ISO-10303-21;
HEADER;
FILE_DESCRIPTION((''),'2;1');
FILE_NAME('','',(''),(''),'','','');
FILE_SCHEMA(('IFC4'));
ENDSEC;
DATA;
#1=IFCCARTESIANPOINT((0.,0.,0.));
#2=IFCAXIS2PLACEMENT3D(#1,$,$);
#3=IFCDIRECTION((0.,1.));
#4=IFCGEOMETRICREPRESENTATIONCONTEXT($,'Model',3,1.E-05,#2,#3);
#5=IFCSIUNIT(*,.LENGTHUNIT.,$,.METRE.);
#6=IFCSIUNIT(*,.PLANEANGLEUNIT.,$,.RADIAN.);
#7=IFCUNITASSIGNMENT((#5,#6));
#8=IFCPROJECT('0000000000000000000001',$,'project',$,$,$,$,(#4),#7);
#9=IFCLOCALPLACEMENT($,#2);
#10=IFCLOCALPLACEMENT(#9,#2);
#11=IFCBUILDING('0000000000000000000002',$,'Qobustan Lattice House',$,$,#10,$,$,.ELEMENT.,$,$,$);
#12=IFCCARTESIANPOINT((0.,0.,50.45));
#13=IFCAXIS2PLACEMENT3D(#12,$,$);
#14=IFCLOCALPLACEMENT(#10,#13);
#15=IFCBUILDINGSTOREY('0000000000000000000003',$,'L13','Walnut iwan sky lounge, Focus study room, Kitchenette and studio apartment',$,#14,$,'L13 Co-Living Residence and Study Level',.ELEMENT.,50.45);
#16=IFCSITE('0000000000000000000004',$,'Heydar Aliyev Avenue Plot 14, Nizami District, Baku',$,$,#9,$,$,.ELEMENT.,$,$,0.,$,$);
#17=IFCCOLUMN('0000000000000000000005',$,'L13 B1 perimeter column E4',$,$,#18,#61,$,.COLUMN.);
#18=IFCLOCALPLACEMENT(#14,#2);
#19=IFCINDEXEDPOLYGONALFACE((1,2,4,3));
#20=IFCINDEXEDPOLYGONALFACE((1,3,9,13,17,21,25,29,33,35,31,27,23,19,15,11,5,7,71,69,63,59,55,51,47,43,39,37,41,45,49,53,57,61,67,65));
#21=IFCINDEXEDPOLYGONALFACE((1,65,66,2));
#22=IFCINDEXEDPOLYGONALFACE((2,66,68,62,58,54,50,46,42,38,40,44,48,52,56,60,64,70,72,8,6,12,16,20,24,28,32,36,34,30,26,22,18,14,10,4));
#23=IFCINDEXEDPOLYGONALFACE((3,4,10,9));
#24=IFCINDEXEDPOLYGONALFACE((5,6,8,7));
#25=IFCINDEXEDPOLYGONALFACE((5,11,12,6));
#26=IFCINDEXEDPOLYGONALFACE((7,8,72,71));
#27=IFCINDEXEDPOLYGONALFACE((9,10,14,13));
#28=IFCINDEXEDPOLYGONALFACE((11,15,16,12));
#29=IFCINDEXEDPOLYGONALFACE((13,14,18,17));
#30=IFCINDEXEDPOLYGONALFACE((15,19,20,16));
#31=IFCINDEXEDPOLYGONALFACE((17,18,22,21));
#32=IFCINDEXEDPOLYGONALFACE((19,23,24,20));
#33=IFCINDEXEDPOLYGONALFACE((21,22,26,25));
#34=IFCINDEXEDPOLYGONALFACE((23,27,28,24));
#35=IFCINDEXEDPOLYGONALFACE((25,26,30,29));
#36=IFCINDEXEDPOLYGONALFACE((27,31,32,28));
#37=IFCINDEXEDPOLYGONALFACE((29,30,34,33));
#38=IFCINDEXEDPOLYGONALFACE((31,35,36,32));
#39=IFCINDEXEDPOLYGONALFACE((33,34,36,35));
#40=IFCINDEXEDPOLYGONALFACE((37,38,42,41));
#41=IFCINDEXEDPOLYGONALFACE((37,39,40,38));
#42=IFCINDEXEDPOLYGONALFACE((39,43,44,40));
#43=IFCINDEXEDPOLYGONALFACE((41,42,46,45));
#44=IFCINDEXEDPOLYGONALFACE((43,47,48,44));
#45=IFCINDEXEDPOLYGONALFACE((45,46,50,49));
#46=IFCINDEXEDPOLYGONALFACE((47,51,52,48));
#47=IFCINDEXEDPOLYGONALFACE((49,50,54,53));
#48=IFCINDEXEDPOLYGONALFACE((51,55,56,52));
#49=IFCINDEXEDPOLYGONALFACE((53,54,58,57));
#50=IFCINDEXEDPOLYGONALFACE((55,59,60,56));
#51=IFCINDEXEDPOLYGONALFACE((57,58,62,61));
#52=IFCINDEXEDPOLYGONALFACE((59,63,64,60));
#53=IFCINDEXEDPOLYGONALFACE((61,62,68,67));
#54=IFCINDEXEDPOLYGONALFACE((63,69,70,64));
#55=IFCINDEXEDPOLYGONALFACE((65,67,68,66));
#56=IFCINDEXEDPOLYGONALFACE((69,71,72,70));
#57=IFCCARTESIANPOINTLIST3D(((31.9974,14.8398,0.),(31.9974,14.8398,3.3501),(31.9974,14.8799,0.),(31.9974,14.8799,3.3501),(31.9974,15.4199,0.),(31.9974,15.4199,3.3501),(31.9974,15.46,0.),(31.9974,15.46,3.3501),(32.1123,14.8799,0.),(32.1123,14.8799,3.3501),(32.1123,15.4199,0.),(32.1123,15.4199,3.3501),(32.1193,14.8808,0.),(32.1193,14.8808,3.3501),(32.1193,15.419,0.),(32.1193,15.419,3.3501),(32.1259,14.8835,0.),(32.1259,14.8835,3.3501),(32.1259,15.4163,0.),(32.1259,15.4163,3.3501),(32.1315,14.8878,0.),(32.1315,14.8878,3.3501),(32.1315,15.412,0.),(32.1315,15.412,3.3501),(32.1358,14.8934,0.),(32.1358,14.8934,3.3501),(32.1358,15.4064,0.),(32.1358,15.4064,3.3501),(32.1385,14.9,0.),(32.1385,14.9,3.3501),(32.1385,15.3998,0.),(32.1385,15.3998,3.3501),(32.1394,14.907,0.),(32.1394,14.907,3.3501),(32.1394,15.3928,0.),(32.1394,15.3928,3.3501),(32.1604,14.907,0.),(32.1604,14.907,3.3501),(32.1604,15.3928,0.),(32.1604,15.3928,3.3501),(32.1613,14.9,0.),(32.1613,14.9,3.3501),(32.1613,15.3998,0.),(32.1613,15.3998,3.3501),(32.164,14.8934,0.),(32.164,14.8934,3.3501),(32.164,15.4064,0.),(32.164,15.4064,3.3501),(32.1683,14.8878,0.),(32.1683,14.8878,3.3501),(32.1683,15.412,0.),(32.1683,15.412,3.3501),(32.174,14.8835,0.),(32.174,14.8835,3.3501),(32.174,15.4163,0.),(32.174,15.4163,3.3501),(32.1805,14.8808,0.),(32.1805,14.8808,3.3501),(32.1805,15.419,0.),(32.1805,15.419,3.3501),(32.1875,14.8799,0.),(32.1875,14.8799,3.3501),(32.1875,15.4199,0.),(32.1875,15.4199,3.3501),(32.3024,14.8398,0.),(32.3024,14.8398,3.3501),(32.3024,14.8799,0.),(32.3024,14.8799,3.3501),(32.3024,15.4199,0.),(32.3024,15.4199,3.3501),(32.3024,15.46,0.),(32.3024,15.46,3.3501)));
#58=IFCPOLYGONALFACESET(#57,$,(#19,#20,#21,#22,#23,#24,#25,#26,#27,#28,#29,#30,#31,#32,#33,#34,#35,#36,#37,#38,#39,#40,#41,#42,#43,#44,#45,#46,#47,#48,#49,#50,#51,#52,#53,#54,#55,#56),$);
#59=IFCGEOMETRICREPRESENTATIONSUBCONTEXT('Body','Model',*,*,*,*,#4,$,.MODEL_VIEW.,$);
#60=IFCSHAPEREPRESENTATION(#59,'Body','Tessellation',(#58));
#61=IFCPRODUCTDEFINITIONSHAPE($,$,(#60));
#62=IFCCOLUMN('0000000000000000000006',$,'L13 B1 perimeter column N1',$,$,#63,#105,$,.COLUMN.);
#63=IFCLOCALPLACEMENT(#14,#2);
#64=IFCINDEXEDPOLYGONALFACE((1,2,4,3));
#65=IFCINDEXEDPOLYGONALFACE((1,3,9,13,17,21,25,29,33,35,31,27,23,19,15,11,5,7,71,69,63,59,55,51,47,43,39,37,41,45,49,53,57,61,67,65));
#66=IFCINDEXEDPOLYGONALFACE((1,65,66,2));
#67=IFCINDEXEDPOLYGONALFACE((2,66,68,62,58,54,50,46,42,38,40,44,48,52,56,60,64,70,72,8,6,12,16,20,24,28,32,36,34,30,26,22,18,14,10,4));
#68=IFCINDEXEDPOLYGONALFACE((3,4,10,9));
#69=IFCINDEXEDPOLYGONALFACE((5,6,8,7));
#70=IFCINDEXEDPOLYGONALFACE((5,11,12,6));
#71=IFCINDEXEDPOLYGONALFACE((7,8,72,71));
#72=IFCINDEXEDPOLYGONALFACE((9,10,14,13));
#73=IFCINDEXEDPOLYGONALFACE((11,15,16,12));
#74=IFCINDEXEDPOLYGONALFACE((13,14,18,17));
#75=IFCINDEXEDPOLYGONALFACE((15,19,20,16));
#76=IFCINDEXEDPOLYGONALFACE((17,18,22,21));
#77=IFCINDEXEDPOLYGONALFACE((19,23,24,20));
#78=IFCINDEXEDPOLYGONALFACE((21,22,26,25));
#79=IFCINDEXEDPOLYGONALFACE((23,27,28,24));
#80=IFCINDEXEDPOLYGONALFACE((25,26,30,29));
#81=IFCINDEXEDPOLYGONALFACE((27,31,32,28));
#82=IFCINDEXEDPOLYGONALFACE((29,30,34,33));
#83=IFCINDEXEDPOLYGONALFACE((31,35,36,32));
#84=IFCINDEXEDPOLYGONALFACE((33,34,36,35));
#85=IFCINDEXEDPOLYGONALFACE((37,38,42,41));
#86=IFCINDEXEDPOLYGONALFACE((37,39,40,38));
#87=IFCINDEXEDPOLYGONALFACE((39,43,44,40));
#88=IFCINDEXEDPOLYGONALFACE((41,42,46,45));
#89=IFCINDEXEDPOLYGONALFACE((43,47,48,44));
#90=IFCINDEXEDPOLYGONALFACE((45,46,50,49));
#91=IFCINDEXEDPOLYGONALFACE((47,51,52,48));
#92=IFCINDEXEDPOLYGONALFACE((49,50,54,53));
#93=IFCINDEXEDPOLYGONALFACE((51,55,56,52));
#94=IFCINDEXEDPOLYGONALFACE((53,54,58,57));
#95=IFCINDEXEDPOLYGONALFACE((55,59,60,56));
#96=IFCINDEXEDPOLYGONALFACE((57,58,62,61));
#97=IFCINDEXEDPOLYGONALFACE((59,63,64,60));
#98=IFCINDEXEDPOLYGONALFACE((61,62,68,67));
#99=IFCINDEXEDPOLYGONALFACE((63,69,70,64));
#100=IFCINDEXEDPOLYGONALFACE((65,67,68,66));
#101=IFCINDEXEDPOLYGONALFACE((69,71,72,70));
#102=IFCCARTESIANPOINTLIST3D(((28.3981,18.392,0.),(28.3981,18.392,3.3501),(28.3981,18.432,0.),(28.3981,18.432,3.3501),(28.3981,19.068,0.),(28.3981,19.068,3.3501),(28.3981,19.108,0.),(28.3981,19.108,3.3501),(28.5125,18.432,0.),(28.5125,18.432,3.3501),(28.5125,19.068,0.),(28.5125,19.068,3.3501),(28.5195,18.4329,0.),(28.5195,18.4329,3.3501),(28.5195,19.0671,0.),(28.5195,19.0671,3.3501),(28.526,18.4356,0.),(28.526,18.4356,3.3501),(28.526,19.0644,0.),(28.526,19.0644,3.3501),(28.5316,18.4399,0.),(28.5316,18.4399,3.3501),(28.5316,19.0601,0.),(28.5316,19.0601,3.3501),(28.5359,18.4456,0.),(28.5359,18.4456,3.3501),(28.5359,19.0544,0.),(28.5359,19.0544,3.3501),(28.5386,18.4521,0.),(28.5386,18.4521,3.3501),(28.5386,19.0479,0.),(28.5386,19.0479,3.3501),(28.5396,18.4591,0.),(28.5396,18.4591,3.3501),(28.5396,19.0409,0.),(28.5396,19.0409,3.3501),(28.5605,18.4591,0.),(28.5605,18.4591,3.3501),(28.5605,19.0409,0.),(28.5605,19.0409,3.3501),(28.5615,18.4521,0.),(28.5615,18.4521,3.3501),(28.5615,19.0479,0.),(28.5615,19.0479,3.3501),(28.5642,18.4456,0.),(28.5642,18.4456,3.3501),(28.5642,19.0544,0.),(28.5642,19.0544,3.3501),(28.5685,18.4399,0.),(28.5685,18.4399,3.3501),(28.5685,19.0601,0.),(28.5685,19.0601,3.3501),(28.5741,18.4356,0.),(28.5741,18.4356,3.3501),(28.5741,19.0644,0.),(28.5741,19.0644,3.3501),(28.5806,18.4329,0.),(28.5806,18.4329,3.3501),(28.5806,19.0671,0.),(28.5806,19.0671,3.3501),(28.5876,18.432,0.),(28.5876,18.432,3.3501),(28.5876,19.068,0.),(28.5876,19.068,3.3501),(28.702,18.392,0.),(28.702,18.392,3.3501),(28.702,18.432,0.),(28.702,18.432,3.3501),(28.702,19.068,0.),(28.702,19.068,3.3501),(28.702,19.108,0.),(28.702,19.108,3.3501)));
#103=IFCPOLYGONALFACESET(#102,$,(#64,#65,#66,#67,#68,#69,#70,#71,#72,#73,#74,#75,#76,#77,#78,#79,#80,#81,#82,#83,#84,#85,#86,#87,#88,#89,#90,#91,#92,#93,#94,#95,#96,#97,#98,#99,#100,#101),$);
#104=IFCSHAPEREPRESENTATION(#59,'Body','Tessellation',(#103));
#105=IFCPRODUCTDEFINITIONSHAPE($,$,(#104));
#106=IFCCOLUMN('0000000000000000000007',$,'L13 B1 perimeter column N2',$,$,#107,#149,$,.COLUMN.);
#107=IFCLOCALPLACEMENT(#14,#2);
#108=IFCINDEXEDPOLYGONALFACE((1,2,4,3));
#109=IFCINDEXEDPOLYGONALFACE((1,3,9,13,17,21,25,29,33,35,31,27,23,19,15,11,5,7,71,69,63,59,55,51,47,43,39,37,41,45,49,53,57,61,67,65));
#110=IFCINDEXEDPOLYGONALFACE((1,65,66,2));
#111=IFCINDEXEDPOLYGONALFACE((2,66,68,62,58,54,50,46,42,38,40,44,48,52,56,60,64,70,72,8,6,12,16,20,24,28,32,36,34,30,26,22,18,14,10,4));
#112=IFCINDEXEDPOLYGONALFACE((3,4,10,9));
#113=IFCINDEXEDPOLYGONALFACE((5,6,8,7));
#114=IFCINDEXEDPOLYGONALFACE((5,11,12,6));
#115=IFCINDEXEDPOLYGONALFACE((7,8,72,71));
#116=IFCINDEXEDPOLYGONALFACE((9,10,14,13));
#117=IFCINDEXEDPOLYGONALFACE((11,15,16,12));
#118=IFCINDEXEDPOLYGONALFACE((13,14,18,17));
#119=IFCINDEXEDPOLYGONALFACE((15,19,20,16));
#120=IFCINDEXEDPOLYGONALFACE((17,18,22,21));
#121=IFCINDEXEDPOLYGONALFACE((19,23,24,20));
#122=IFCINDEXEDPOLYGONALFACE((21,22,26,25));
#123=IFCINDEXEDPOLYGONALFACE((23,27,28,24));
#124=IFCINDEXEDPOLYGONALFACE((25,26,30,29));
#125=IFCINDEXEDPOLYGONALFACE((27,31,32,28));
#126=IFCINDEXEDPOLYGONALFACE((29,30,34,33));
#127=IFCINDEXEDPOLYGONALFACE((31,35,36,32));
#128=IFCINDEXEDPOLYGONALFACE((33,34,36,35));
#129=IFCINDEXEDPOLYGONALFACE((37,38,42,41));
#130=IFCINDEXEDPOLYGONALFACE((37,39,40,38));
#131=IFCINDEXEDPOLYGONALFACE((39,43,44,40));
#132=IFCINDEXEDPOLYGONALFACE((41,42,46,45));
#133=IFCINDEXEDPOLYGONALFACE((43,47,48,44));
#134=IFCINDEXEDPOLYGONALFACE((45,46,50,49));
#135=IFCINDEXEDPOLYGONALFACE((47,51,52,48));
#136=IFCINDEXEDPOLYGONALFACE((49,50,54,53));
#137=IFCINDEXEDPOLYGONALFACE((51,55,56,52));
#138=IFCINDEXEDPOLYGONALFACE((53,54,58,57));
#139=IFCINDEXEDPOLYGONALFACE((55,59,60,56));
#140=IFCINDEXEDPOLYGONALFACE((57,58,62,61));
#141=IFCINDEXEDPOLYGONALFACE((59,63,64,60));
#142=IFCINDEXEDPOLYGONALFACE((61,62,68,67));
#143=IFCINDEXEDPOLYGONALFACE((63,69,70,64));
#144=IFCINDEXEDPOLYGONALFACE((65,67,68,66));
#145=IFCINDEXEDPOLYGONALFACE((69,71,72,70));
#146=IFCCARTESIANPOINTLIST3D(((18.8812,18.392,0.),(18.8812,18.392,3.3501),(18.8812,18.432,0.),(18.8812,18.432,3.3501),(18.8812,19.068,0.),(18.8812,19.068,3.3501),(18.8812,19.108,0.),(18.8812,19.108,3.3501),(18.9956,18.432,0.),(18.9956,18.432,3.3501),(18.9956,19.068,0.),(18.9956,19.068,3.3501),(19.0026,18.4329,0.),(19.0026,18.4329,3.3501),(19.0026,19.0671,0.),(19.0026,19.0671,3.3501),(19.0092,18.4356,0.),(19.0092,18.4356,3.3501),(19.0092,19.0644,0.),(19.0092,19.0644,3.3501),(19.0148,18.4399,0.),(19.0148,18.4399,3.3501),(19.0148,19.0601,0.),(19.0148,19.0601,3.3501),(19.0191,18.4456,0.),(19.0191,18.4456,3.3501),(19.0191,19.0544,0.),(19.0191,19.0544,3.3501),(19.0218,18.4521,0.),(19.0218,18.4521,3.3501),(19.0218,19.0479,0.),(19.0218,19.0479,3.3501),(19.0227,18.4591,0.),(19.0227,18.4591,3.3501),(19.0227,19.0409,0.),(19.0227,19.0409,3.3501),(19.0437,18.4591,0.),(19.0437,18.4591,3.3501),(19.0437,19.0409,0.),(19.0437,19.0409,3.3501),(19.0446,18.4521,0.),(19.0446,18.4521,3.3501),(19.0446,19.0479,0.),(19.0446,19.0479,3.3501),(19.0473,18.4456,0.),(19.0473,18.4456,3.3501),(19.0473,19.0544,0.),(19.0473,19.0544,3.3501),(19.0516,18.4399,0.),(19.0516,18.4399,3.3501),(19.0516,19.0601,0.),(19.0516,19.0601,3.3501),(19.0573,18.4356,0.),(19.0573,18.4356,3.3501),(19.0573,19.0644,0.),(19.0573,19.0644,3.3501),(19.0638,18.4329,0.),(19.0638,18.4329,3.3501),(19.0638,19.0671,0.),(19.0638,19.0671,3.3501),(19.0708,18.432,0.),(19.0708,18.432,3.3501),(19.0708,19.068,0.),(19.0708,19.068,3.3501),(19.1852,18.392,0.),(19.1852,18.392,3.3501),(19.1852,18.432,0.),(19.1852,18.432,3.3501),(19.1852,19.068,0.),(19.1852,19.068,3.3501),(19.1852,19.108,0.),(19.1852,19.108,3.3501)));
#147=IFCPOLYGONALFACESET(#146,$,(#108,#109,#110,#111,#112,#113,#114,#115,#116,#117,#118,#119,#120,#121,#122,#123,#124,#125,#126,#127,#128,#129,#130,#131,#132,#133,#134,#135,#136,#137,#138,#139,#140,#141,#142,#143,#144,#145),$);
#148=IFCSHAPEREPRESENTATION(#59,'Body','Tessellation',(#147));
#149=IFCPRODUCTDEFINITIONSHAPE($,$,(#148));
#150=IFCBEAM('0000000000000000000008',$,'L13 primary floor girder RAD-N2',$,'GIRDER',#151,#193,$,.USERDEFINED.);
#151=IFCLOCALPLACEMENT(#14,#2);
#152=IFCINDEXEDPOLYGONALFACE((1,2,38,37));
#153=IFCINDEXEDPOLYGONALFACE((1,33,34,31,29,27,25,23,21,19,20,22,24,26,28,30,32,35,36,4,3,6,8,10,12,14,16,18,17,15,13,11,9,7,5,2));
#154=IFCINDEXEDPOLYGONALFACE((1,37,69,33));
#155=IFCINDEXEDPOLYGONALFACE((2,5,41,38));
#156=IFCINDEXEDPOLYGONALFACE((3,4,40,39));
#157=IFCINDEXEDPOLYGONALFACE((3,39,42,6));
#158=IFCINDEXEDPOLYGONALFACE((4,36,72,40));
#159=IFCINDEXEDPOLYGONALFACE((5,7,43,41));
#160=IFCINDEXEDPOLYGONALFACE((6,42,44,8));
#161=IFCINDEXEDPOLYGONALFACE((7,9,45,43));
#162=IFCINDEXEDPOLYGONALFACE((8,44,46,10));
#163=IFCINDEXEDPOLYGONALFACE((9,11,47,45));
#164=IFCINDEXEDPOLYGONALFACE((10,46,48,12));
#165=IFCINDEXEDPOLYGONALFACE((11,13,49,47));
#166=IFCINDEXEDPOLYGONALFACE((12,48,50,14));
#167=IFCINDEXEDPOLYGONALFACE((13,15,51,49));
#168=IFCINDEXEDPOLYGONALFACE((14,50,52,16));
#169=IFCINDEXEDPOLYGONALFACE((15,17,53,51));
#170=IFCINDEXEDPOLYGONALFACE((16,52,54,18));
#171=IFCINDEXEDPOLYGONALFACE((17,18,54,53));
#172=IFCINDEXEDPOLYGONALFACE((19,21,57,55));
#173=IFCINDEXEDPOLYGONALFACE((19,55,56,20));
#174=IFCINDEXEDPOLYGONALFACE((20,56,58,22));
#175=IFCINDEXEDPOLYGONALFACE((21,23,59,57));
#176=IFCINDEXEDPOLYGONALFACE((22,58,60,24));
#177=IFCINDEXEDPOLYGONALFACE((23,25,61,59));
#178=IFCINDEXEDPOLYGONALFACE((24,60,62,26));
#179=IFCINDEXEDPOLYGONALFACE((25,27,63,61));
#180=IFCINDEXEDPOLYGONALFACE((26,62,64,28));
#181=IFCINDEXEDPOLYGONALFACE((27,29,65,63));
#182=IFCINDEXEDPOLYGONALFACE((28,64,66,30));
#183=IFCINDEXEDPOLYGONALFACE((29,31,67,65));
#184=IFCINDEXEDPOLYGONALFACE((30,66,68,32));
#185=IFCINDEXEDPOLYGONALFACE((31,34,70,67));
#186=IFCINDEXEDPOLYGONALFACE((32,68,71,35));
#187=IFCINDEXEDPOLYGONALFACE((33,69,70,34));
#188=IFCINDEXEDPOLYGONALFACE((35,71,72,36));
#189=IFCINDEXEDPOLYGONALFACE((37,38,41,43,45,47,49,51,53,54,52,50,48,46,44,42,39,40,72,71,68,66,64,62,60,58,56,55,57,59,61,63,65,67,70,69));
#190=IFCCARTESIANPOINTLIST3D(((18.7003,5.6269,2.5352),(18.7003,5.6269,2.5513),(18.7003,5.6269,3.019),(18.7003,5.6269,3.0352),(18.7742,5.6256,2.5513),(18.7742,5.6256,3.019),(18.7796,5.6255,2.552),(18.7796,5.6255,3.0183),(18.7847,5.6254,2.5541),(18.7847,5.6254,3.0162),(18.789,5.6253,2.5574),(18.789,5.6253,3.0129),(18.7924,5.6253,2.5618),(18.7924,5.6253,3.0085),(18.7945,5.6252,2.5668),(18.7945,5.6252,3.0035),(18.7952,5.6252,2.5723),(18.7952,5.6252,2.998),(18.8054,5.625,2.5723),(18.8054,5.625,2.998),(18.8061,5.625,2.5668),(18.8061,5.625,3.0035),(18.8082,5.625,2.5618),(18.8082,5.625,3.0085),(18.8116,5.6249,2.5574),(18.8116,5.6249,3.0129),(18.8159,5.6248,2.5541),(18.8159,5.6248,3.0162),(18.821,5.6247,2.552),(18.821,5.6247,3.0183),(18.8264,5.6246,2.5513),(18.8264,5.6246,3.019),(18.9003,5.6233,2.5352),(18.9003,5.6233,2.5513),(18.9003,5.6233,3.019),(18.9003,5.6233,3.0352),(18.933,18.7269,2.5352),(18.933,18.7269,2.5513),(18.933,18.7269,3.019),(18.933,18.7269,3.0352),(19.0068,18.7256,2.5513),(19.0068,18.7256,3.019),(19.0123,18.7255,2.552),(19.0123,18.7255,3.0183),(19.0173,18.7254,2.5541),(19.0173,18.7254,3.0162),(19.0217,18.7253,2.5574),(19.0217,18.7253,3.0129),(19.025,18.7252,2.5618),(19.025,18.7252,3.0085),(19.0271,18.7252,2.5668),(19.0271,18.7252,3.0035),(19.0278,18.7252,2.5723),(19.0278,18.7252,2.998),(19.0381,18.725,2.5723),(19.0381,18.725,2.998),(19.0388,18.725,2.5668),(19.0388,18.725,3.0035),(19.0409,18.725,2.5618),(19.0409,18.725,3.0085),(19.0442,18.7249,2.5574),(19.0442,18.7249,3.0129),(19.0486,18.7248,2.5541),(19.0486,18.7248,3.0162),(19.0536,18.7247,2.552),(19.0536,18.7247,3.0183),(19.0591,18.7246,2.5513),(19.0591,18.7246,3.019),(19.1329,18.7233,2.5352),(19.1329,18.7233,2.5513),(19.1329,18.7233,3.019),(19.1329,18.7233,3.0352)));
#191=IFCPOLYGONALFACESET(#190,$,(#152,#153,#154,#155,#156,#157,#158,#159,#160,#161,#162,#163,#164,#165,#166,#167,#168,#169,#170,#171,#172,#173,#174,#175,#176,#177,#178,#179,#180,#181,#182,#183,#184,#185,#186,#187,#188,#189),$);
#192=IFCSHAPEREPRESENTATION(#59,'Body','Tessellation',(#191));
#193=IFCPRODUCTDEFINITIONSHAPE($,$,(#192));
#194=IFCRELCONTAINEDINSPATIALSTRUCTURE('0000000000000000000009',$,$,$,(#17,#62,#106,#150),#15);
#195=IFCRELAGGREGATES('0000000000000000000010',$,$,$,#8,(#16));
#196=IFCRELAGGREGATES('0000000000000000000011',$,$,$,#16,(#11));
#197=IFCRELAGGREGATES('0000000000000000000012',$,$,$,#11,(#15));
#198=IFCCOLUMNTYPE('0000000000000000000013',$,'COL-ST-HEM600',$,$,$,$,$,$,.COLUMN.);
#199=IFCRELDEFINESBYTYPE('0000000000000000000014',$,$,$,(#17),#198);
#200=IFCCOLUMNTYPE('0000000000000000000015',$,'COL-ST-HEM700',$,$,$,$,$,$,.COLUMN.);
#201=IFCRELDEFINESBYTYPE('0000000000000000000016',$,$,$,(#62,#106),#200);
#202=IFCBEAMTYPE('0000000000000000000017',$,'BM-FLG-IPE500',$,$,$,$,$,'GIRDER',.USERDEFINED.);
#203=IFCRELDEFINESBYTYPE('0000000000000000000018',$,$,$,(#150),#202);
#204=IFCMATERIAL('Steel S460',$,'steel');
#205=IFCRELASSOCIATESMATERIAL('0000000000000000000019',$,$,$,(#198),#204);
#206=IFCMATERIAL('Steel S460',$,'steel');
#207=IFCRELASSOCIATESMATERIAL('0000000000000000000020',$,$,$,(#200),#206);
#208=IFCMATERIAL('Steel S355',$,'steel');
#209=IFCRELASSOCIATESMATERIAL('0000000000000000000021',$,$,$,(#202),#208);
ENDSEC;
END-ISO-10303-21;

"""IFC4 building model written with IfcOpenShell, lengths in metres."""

from ifc_helpers import new_model, si_unit, direction, frame, origin, origin_2d, place, context, subcontext, project, spatial, i_section, extrude, material, material_profile, profile_set, type_object, element, save


model = new_model("IFC4")

# Units and contexts
model_context = context("Model", 3, precision=1e-05, world=origin(), true_north=direction((0.0, 1.0)))
body_context = subcontext(model_context, "Body", "Model", "MODEL_VIEW")
ifc_project = project(units=[si_unit("LENGTHUNIT", "METRE"), si_unit("PLANEANGLEUNIT", "RADIAN")], contexts=[model_context])

# Site, building, storey
site_placement = place(None, origin())
site = spatial("IfcSite", under=ifc_project, at=site_placement, Name="Heydar Aliyev Avenue Plot 14, Nizami District, Baku", CompositionType="ELEMENT", RefElevation=0.0)
building_placement = place(site_placement, origin())
building = spatial("IfcBuilding", under=site, at=building_placement, Name="Qobustan Lattice House", CompositionType="ELEMENT")
storey_placement = place(building_placement, frame((0.0, 0.0, 50.45)))
storey = spatial("IfcBuildingStorey", under=building, at=storey_placement, Name="L13", Description="Walnut iwan sky lounge, Focus study room, Kitchenette and studio apartment", LongName="L13 Co-Living Residence and Study Level", CompositionType="ELEMENT", Elevation=50.45)

# Columns
ifc_material_1 = material(Name="Steel S460", Category="steel")
ifc_material_profile_1 = material_profile(ifc_material_1, i_section(OverallWidth=0.3049, OverallDepth=0.6201, WebThickness=0.021, FlangeThickness=0.04, FilletRadius=0.0271, at=origin_2d()), Name="HEM600")
ifc_profile_set_1 = profile_set([ifc_material_profile_1], Name="Steel S460")
column_type_1 = type_object("IfcColumnType", Name="COL-ST-HEM600", PredefinedType="COLUMN", material=ifc_profile_set_1)
column_placement = place(storey_placement, frame((32.1499, 15.1499, 0.0), z_axis=(0.0, 0.0, 1.0), x_axis=(1.0, 0.0, 0.0)))
element("IfcColumn", 1, at=column_placement, inside=storey, type_object=column_type_1, Name="L13 B1 perimeter column E4", PredefinedType="COLUMN", context=body_context, shape_type="SweptSolid", body=[
    extrude(i_section(OverallWidth=0.3049, OverallDepth=0.6201, WebThickness=0.021, FlangeThickness=0.04, FilletRadius=0.0271, at=origin_2d()), origin(), (0.0, 0.0, 1.0), 3.3501),
])
ifc_material_2 = material(Name="Steel S460", Category="steel")
ifc_material_profile_2 = material_profile(ifc_material_2, i_section(OverallWidth=0.304, OverallDepth=0.7161, WebThickness=0.021, FlangeThickness=0.04, FilletRadius=0.0271, at=origin_2d()), Name="HEM700")
ifc_profile_set_2 = profile_set([ifc_material_profile_2], Name="Steel S460")
column_type_2 = type_object("IfcColumnType", Name="COL-ST-HEM700", PredefinedType="COLUMN", material=ifc_profile_set_2)
for number, where, z_axis, x_axis, name in (
    (2, (28.55, 18.75, 0.0), (0.0, 0.0, 1.0), (1.0, 0.0, 0.0), "L13 B1 perimeter column N1"),
    (3, (19.0332, 18.75, 0.0), (0.0, 0.0, 1.0), (1.0, 0.0, 0.0), "L13 B1 perimeter column N2"),
):
    element("IfcColumn", number, at=place(storey_placement, frame(where, z_axis=z_axis, x_axis=x_axis)), inside=storey, type_object=column_type_2, Name=name, PredefinedType="COLUMN", context=body_context, shape_type="SweptSolid", body=[
        extrude(i_section(OverallWidth=0.304, OverallDepth=0.7161, WebThickness=0.021, FlangeThickness=0.04, FilletRadius=0.0271, at=origin_2d()), origin(), (0.0, 0.0, 1.0), 3.3501),
    ])

# Beam
ifc_material_3 = material(Name="Steel S355", Category="steel")
ifc_material_profile_3 = material_profile(ifc_material_3, i_section(OverallWidth=0.2, OverallDepth=0.5, WebThickness=0.0103, FlangeThickness=0.0161, FilletRadius=0.021, at=origin_2d()), Name="IPE500")
ifc_profile_set_3 = profile_set([ifc_material_profile_3], Name="Steel S355")
beam_type_1 = type_object("IfcBeamType", Name="BM-FLG-IPE500", ElementType="GIRDER", PredefinedType="USERDEFINED", material=ifc_profile_set_3)
beam_1_placement = place(storey_placement, frame((19.033, 18.7251, 2.7852), z_axis=(-0.017758, -0.999842, 0.0), x_axis=(0.999842, -0.017758, 0.0)))
element("IfcBeam", 4, at=beam_1_placement, inside=storey, type_object=beam_type_1, Name="L13 primary floor girder RAD-N2", ObjectType="GIRDER", PredefinedType="USERDEFINED", context=body_context, shape_type="SweptSolid", body=[
    extrude(i_section(OverallWidth=0.2, OverallDepth=0.5, WebThickness=0.0103, FlangeThickness=0.0161, FilletRadius=0.021, at=origin_2d()), origin(), (0.0, 0.0, 1.0), 13.1021),
])

save(model, "model.ifc")
